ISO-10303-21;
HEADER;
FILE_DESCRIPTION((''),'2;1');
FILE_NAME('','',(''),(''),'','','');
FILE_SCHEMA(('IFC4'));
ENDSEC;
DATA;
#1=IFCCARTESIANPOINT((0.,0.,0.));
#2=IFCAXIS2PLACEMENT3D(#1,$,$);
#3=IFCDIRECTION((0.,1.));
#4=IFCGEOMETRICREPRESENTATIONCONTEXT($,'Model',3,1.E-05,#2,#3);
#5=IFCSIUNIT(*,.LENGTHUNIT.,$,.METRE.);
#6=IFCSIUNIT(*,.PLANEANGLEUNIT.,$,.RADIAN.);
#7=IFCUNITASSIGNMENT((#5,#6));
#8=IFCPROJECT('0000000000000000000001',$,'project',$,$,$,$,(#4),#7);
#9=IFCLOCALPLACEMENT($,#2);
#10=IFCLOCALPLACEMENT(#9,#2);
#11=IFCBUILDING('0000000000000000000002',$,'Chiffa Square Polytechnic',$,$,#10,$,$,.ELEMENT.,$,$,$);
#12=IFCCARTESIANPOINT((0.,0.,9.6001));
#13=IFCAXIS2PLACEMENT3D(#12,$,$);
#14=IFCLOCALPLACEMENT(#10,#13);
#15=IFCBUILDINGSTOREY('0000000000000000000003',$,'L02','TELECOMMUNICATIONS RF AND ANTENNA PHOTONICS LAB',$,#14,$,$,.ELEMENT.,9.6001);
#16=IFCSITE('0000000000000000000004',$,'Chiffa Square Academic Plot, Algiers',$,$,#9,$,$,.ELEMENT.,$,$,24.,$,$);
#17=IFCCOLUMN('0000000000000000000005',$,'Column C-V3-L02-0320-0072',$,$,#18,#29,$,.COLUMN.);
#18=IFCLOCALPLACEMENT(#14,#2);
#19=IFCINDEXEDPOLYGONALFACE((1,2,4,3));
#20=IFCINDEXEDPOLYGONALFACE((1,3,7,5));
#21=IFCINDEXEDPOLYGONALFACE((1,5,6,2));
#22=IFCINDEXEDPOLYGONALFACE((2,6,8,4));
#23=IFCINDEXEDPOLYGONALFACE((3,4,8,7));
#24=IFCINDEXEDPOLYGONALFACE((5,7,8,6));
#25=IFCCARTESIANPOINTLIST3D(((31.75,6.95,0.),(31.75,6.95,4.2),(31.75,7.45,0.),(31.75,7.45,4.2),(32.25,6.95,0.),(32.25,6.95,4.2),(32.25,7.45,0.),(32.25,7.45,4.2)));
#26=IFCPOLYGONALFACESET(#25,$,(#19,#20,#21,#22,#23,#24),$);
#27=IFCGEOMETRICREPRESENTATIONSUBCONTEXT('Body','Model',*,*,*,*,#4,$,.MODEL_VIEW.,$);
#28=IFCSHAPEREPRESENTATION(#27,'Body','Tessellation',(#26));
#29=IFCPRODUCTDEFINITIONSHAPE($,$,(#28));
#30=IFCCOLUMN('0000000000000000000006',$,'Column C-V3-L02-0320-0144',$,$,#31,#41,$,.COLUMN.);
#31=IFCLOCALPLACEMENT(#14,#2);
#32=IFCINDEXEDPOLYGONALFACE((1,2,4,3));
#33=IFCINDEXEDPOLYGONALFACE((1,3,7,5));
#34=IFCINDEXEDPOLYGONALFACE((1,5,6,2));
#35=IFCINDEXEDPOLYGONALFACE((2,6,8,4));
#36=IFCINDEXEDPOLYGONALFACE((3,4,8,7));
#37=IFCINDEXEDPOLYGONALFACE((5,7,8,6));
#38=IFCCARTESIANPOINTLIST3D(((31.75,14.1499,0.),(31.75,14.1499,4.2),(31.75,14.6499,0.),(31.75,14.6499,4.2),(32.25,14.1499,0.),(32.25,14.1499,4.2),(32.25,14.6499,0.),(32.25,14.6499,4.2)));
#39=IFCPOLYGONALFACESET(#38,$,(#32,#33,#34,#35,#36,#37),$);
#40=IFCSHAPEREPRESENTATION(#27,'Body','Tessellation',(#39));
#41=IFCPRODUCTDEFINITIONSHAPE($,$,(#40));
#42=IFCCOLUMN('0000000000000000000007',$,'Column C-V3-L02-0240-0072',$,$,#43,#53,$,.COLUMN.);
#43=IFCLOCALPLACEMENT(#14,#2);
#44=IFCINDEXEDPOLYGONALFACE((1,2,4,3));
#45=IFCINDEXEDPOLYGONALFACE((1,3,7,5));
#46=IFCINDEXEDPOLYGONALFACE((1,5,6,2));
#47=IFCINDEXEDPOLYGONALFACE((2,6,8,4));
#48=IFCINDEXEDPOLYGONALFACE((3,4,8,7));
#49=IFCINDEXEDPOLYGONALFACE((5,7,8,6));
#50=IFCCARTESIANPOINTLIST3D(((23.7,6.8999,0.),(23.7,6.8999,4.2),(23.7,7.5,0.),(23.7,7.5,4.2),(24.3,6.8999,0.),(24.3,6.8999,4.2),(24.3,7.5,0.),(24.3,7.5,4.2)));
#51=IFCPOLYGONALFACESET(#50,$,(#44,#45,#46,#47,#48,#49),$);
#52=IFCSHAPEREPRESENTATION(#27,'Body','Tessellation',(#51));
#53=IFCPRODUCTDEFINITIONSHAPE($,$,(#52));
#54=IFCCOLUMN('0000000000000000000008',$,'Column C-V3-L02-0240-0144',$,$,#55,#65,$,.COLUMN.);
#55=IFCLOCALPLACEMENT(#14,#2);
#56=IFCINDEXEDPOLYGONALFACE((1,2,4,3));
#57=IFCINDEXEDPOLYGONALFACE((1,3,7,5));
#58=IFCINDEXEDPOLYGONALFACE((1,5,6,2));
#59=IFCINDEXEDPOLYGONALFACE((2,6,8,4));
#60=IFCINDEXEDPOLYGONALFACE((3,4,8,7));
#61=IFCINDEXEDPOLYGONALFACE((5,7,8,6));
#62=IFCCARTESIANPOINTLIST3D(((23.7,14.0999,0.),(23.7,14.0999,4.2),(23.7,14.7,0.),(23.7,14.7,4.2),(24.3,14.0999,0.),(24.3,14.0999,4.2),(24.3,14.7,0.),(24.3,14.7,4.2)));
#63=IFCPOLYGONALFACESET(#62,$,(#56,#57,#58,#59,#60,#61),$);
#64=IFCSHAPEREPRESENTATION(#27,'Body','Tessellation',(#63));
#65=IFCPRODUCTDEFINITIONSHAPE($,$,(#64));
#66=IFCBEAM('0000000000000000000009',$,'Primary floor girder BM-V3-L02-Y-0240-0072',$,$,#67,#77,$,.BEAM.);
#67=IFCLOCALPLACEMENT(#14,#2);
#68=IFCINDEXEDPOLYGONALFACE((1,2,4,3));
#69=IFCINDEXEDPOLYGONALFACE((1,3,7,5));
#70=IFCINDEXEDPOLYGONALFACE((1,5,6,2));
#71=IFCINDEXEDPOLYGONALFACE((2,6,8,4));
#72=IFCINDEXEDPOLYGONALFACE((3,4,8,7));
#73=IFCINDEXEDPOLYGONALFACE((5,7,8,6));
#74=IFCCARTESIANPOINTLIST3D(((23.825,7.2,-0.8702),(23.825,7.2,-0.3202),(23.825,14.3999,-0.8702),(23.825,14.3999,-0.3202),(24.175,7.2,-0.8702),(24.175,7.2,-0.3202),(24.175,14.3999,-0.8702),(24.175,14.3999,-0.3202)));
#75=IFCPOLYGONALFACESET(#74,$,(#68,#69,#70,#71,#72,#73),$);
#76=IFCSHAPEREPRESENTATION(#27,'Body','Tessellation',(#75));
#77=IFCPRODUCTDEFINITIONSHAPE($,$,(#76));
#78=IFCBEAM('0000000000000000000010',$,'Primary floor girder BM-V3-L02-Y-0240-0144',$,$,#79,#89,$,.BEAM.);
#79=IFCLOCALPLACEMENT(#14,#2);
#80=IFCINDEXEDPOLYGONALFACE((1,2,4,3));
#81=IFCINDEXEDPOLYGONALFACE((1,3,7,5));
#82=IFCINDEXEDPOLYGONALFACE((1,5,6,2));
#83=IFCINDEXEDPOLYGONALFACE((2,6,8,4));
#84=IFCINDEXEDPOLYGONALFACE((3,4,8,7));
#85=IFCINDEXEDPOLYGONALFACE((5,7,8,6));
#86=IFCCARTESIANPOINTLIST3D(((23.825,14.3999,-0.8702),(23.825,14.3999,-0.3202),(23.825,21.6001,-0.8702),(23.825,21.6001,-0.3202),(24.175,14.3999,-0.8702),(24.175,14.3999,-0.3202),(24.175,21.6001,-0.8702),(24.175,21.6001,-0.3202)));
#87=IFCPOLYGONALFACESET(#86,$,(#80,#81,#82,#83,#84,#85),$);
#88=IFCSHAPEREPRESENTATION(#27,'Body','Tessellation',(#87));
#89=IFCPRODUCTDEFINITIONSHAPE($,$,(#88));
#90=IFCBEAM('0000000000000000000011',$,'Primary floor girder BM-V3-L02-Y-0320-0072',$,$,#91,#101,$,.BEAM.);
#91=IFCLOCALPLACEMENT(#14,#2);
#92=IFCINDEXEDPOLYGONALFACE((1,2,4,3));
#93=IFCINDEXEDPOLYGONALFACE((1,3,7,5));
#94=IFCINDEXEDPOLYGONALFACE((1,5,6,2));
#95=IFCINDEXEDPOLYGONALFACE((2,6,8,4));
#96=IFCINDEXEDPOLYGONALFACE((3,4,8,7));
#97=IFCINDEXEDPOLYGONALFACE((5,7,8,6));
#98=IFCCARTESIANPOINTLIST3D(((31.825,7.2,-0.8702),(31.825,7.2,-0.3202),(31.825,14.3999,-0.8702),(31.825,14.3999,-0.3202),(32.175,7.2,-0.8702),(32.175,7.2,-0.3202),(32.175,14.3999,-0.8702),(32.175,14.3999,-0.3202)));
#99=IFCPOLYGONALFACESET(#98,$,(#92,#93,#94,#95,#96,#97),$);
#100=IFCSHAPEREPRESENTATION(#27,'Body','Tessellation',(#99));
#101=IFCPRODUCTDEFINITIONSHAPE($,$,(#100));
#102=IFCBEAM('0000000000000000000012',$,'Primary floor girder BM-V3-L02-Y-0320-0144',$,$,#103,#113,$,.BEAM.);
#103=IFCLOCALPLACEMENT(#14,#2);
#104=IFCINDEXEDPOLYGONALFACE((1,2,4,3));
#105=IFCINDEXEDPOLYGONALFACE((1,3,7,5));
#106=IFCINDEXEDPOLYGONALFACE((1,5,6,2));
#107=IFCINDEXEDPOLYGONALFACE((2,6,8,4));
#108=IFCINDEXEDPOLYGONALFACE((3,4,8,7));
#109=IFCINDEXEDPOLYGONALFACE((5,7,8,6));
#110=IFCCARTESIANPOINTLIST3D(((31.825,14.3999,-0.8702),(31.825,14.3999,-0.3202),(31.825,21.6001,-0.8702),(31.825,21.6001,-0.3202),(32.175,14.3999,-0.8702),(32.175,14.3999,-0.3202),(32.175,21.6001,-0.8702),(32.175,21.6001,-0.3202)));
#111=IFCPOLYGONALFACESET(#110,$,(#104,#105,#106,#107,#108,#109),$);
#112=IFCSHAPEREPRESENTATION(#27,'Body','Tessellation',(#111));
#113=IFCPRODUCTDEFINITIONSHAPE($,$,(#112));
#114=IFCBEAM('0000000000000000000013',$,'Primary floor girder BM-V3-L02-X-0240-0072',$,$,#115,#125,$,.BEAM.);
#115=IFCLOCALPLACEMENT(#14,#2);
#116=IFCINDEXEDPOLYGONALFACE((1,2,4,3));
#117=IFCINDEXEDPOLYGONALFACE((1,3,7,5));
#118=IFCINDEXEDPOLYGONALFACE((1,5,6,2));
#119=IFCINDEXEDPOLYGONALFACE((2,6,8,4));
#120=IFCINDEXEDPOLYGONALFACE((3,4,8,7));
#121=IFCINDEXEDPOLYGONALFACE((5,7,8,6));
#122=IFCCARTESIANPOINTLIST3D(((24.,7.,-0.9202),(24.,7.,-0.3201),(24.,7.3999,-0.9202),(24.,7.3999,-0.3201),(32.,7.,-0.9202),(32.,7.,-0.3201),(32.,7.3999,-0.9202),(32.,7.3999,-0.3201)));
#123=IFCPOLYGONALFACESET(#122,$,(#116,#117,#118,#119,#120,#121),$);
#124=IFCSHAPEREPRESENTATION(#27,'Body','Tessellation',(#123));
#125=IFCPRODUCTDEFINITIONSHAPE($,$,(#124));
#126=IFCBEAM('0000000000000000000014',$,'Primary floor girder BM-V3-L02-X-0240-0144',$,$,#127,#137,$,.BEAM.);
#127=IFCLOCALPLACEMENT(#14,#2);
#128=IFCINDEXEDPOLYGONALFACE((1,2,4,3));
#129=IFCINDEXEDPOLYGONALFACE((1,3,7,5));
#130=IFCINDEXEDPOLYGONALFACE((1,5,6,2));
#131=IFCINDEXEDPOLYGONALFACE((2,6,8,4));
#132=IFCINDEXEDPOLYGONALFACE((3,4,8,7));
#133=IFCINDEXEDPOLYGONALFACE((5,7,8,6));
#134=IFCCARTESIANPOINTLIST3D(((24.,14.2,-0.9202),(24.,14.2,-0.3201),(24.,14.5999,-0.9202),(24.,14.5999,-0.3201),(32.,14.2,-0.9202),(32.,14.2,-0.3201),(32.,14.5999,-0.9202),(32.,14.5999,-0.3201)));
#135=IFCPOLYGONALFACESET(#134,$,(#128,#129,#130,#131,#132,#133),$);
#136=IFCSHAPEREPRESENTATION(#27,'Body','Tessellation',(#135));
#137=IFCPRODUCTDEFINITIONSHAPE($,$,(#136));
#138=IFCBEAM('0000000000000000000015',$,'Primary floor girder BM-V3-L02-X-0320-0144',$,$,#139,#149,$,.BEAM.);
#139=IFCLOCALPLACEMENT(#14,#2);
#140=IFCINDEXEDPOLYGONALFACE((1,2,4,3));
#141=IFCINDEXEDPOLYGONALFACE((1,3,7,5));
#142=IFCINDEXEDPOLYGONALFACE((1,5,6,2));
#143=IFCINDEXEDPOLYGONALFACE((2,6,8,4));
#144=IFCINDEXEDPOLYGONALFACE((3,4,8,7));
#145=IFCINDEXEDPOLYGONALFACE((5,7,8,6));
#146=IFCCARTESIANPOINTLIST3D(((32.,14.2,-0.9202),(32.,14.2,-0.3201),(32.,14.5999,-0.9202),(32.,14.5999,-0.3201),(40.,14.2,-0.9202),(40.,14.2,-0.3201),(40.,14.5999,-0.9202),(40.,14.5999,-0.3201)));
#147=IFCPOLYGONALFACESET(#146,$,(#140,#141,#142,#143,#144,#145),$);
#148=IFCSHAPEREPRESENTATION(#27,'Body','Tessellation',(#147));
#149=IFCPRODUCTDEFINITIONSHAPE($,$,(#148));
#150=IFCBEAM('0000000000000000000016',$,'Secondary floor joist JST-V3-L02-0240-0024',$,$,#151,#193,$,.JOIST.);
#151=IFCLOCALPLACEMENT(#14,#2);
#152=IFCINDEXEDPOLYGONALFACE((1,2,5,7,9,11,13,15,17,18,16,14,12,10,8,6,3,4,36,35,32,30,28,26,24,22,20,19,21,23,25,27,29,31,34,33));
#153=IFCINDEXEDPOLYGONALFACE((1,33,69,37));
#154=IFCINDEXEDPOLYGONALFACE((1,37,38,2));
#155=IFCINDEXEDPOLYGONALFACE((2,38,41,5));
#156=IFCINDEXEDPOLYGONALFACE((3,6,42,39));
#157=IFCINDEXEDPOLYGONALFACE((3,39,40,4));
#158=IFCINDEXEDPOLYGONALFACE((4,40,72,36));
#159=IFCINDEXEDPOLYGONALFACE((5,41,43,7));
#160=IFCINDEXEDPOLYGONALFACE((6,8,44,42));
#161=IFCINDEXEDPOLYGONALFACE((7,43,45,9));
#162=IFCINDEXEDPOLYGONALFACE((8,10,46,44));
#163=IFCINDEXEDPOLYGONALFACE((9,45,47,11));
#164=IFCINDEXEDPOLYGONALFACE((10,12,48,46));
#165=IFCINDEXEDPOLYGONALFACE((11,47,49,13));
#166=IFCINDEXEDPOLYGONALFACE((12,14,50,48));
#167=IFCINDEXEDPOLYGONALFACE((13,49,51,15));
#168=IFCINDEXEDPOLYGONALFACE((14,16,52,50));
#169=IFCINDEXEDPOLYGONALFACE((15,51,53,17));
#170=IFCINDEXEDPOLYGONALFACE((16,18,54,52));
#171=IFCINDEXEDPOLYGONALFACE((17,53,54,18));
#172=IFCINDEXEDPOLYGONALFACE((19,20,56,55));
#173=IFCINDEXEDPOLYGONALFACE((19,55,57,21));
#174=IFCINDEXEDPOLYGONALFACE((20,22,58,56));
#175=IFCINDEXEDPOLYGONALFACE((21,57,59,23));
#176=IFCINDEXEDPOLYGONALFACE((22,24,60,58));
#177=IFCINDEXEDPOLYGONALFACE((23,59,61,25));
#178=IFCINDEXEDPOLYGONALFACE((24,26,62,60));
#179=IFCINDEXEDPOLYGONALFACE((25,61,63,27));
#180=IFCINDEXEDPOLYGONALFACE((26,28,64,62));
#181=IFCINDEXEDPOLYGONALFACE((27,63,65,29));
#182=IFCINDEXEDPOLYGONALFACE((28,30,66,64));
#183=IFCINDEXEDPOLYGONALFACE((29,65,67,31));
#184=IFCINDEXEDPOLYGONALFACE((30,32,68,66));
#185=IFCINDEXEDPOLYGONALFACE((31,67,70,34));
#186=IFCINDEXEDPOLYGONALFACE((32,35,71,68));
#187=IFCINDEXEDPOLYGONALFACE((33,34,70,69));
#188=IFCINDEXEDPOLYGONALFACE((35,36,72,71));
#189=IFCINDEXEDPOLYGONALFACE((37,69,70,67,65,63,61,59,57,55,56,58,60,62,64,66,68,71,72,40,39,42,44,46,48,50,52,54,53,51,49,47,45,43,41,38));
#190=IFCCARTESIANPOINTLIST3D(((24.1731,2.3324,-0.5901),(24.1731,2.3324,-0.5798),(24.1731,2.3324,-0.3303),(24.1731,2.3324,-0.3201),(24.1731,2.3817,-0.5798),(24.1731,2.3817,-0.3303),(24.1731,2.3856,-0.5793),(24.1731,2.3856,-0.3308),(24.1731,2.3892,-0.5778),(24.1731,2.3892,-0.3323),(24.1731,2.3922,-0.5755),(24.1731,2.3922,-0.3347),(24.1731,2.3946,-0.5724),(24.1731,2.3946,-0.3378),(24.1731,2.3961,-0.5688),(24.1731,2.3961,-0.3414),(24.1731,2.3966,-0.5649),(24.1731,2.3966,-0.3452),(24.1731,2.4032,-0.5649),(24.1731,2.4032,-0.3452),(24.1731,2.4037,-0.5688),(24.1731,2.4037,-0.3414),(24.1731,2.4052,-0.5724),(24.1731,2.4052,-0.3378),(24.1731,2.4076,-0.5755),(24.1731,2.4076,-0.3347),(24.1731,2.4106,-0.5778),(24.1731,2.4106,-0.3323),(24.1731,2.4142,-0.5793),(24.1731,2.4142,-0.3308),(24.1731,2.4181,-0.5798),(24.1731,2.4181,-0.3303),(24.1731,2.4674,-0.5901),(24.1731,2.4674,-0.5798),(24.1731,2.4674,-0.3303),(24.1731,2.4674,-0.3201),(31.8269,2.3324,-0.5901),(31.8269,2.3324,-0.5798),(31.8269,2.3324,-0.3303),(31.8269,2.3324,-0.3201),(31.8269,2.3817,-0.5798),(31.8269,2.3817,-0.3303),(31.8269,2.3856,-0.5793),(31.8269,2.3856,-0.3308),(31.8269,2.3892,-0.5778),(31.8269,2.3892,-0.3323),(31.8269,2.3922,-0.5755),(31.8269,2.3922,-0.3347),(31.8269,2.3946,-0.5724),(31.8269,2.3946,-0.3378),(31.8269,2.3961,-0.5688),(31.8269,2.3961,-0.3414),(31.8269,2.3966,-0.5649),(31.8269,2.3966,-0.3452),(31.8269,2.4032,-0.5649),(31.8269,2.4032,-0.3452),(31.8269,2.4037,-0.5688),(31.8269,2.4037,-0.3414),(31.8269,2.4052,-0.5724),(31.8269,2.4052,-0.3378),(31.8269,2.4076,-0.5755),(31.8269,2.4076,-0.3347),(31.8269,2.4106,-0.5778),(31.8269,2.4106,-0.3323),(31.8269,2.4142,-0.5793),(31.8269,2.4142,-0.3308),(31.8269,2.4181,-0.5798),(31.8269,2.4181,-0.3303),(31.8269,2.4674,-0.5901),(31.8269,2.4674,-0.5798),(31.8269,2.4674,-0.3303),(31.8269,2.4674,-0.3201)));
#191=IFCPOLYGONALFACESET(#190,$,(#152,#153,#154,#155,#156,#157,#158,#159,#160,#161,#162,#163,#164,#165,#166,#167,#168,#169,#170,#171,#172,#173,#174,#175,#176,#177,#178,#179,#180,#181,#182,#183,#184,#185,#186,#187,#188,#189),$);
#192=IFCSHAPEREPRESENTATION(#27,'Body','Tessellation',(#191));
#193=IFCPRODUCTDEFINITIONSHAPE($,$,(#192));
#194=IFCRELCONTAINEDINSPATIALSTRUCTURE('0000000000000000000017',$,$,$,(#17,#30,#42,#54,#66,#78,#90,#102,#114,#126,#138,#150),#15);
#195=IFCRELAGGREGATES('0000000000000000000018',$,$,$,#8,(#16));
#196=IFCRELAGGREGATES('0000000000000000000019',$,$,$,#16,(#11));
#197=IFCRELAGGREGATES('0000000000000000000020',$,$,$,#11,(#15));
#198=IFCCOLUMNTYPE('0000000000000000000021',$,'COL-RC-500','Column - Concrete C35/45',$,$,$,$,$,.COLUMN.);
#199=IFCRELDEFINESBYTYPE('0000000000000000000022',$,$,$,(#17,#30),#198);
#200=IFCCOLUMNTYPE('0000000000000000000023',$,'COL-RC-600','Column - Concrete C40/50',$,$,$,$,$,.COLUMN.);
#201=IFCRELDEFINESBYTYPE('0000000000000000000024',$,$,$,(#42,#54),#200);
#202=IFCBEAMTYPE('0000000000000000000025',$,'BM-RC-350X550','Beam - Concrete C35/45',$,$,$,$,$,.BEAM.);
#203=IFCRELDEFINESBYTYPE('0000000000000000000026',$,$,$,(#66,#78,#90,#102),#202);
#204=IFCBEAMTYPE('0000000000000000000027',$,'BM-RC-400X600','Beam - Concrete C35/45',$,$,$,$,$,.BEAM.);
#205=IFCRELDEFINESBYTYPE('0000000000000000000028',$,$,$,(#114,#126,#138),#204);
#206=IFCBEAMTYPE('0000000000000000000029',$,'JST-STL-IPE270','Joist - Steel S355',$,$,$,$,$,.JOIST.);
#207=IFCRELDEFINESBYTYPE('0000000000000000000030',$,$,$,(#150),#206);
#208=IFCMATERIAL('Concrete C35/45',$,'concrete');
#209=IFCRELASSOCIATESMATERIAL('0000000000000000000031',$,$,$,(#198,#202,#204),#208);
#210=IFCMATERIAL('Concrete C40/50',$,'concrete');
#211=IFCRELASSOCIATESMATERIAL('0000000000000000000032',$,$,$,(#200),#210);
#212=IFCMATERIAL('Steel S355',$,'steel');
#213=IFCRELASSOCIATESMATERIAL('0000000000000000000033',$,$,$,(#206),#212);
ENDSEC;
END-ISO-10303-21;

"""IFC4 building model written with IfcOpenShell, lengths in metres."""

from ifc_helpers import new_model, si_unit, direction, frame, origin, origin_2d, place, context, subcontext, project, spatial, rectangle, i_section, extrude, material, material_profile, profile_set, type_object, element, save


model = new_model("IFC4")

# Units and contexts
model_context = context("Model", 3, precision=1e-05, world=origin(), true_north=direction((0.0, 1.0)))
body_context = subcontext(model_context, "Body", "Model", "MODEL_VIEW")
ifc_project = project(units=[si_unit("LENGTHUNIT", "METRE"), si_unit("PLANEANGLEUNIT", "RADIAN")], contexts=[model_context])

# Site, building, storey
site_placement = place(None, origin())
site = spatial("IfcSite", under=ifc_project, at=site_placement, Name="Chiffa Square Academic Plot, Algiers", CompositionType="ELEMENT", RefElevation=24.0)
building_placement = place(site_placement, origin())
building = spatial("IfcBuilding", under=site, at=building_placement, Name="Chiffa Square Polytechnic", CompositionType="ELEMENT")
storey_placement = place(building_placement, frame((0.0, 0.0, 9.6001)))
storey = spatial("IfcBuildingStorey", under=building, at=storey_placement, Name="L02", Description="TELECOMMUNICATIONS RF AND ANTENNA PHOTONICS LAB", CompositionType="ELEMENT", Elevation=9.6001)

# Columns
ifc_material_1 = material(Name="Concrete C35/45", Category="concrete")
ifc_material_profile_1 = material_profile(ifc_material_1, rectangle(XDim=0.5, YDim=0.5, at=origin_2d()), Name="RC 500x500")
ifc_profile_set_1 = profile_set([ifc_material_profile_1], Name="Concrete C35/45")
column_type_1 = type_object("IfcColumnType", Name="COL-RC-500", Description="Column - Concrete C35/45", PredefinedType="COLUMN", material=ifc_profile_set_1)
for number, where, z_axis, x_axis, name in (
    (1, (32.0, 7.2, 0.0), (0.0, 0.0, 1.0), (1.0, 0.0, 0.0), "Column C-V3-L02-0320-0072"),
    (2, (32.0, 14.3999, 0.0), (0.0, 0.0, 1.0), (1.0, 0.0, 0.0), "Column C-V3-L02-0320-0144"),
):
    element("IfcColumn", number, at=place(storey_placement, frame(where, z_axis=z_axis, x_axis=x_axis)), inside=storey, type_object=column_type_1, Name=name, PredefinedType="COLUMN", context=body_context, shape_type="SweptSolid", body=[
        extrude(rectangle(XDim=0.5, YDim=0.5, at=origin_2d()), origin(), (0.0, 0.0, 1.0), 4.2),
    ])
ifc_material_2 = material(Name="Concrete C40/50", Category="concrete")
ifc_material_profile_2 = material_profile(ifc_material_2, rectangle(XDim=0.6001, YDim=0.6001, at=origin_2d()), Name="RC 600x600")
ifc_profile_set_2 = profile_set([ifc_material_profile_2], Name="Concrete C40/50")
column_type_2 = type_object("IfcColumnType", Name="COL-RC-600", Description="Column - Concrete C40/50", PredefinedType="COLUMN", material=ifc_profile_set_2)
for number, where, z_axis, x_axis, name in (
    (3, (24.0, 7.2, 0.0), (0.0, 0.0, 1.0), (1.0, 0.0, 0.0), "Column C-V3-L02-0240-0072"),
    (4, (24.0, 14.3999, 0.0), (0.0, 0.0, 1.0), (1.0, 0.0, 0.0), "Column C-V3-L02-0240-0144"),
):
    element("IfcColumn", number, at=place(storey_placement, frame(where, z_axis=z_axis, x_axis=x_axis)), inside=storey, type_object=column_type_2, Name=name, PredefinedType="COLUMN", context=body_context, shape_type="SweptSolid", body=[
        extrude(rectangle(XDim=0.6001, YDim=0.6001, at=origin_2d()), origin(), (0.0, 0.0, 1.0), 4.2),
    ])

# Beams
ifc_material_profile_3 = material_profile(ifc_material_1, rectangle(XDim=0.3501, YDim=0.55, at=origin_2d()), Name="RC 350x550")
ifc_profile_set_3 = profile_set([ifc_material_profile_3], Name="Concrete C35/45")
beam_type_1 = type_object("IfcBeamType", Name="BM-RC-350X550", Description="Beam - Concrete C35/45", PredefinedType="BEAM", material=ifc_profile_set_3)
beam_1_placement = place(storey_placement, frame((24.0, 7.2, -0.5952), z_axis=(0.0, 1.0, 0.0), x_axis=(-1.0, 0.0, 0.0)))
element("IfcBeam", 5, at=beam_1_placement, inside=storey, type_object=beam_type_1, Name="Primary floor girder BM-V3-L02-Y-0240-0072", PredefinedType="BEAM", context=body_context, shape_type="SweptSolid", body=[
    extrude(rectangle(XDim=0.3501, YDim=0.55, at=origin_2d()), origin(), (0.0, 0.0, 1.0), 7.2),
])
beam_2_placement = place(storey_placement, frame((24.0, 14.3999, -0.5952), z_axis=(0.0, 1.0, 0.0), x_axis=(-1.0, 0.0, 0.0)))
element("IfcBeam", 6, at=beam_2_placement, inside=storey, type_object=beam_type_1, Name="Primary floor girder BM-V3-L02-Y-0240-0144", PredefinedType="BEAM", context=body_context, shape_type="SweptSolid", body=[
    extrude(rectangle(XDim=0.3501, YDim=0.55, at=origin_2d()), origin(), (0.0, 0.0, 1.0), 7.2002),
])
beam_3_placement = place(storey_placement, frame((32.0, 7.2, -0.5952), z_axis=(0.0, 1.0, 0.0), x_axis=(-1.0, 0.0, 0.0)))
element("IfcBeam", 7, at=beam_3_placement, inside=storey, type_object=beam_type_1, Name="Primary floor girder BM-V3-L02-Y-0320-0072", PredefinedType="BEAM", context=body_context, shape_type="SweptSolid", body=[
    extrude(rectangle(XDim=0.3501, YDim=0.55, at=origin_2d()), origin(), (0.0, 0.0, 1.0), 7.2),
])
beam_4_placement = place(storey_placement, frame((32.0, 14.3999, -0.5952), z_axis=(0.0, 1.0, 0.0), x_axis=(-1.0, 0.0, 0.0)))
element("IfcBeam", 8, at=beam_4_placement, inside=storey, type_object=beam_type_1, Name="Primary floor girder BM-V3-L02-Y-0320-0144", PredefinedType="BEAM", context=body_context, shape_type="SweptSolid", body=[
    extrude(rectangle(XDim=0.3501, YDim=0.55, at=origin_2d()), origin(), (0.0, 0.0, 1.0), 7.2002),
])
ifc_material_profile_4 = material_profile(ifc_material_1, rectangle(XDim=0.3999, YDim=0.6001, at=origin_2d()), Name="RC 400x600")
ifc_profile_set_4 = profile_set([ifc_material_profile_4], Name="Concrete C35/45")
beam_type_2 = type_object("IfcBeamType", Name="BM-RC-400X600", Description="Beam - Concrete C35/45", PredefinedType="BEAM", material=ifc_profile_set_4)
for number, where, z_axis, x_axis, name in (
    (9, (24.0, 7.2, -0.6201), (1.0, 0.0, 0.0), (0.0, 1.0, 0.0), "Primary floor girder BM-V3-L02-X-0240-0072"),
    (10, (24.0, 14.3999, -0.6201), (1.0, 0.0, 0.0), (0.0, 1.0, 0.0), "Primary floor girder BM-V3-L02-X-0240-0144"),
    (11, (32.0, 14.3999, -0.6201), (1.0, 0.0, 0.0), (0.0, 1.0, 0.0), "Primary floor girder BM-V3-L02-X-0320-0144"),
):
    element("IfcBeam", number, at=place(storey_placement, frame(where, z_axis=z_axis, x_axis=x_axis)), inside=storey, type_object=beam_type_2, Name=name, PredefinedType="BEAM", context=body_context, shape_type="SweptSolid", body=[
        extrude(rectangle(XDim=0.3999, YDim=0.6001, at=origin_2d()), origin(), (0.0, 0.0, 1.0), 8.0),
    ])
ifc_material_3 = material(Name="Steel S355", Category="steel")
ifc_material_profile_5 = material_profile(ifc_material_3, i_section(OverallWidth=0.135, OverallDepth=0.27, WebThickness=0.0066, FlangeThickness=0.0103, FilletRadius=0.0149, at=origin_2d()), Name="IPE 270")
ifc_profile_set_5 = profile_set([ifc_material_profile_5], Name="Steel S355")
beam_type_3 = type_object("IfcBeamType", Name="JST-STL-IPE270", Description="Joist - Steel S355", PredefinedType="JOIST", material=ifc_profile_set_5)
for number, where, z_axis, x_axis, name in (
    (12, (24.1731, 2.3999, -0.4551), (1.0, 0.0, 0.0), (0.0, 1.0, 0.0), "Secondary floor joist JST-V3-L02-0240-0024"),
):
    element("IfcBeam", number, at=place(storey_placement, frame(where, z_axis=z_axis, x_axis=x_axis)), inside=storey, type_object=beam_type_3, Name=name, PredefinedType="JOIST", context=body_context, shape_type="SweptSolid", body=[
        extrude(i_section(OverallWidth=0.135, OverallDepth=0.27, WebThickness=0.0066, FlangeThickness=0.0103, FilletRadius=0.0149, at=origin_2d()), origin(), (0.0, 0.0, 1.0), 7.6538),
    ])

save(model, "model.ifc")
